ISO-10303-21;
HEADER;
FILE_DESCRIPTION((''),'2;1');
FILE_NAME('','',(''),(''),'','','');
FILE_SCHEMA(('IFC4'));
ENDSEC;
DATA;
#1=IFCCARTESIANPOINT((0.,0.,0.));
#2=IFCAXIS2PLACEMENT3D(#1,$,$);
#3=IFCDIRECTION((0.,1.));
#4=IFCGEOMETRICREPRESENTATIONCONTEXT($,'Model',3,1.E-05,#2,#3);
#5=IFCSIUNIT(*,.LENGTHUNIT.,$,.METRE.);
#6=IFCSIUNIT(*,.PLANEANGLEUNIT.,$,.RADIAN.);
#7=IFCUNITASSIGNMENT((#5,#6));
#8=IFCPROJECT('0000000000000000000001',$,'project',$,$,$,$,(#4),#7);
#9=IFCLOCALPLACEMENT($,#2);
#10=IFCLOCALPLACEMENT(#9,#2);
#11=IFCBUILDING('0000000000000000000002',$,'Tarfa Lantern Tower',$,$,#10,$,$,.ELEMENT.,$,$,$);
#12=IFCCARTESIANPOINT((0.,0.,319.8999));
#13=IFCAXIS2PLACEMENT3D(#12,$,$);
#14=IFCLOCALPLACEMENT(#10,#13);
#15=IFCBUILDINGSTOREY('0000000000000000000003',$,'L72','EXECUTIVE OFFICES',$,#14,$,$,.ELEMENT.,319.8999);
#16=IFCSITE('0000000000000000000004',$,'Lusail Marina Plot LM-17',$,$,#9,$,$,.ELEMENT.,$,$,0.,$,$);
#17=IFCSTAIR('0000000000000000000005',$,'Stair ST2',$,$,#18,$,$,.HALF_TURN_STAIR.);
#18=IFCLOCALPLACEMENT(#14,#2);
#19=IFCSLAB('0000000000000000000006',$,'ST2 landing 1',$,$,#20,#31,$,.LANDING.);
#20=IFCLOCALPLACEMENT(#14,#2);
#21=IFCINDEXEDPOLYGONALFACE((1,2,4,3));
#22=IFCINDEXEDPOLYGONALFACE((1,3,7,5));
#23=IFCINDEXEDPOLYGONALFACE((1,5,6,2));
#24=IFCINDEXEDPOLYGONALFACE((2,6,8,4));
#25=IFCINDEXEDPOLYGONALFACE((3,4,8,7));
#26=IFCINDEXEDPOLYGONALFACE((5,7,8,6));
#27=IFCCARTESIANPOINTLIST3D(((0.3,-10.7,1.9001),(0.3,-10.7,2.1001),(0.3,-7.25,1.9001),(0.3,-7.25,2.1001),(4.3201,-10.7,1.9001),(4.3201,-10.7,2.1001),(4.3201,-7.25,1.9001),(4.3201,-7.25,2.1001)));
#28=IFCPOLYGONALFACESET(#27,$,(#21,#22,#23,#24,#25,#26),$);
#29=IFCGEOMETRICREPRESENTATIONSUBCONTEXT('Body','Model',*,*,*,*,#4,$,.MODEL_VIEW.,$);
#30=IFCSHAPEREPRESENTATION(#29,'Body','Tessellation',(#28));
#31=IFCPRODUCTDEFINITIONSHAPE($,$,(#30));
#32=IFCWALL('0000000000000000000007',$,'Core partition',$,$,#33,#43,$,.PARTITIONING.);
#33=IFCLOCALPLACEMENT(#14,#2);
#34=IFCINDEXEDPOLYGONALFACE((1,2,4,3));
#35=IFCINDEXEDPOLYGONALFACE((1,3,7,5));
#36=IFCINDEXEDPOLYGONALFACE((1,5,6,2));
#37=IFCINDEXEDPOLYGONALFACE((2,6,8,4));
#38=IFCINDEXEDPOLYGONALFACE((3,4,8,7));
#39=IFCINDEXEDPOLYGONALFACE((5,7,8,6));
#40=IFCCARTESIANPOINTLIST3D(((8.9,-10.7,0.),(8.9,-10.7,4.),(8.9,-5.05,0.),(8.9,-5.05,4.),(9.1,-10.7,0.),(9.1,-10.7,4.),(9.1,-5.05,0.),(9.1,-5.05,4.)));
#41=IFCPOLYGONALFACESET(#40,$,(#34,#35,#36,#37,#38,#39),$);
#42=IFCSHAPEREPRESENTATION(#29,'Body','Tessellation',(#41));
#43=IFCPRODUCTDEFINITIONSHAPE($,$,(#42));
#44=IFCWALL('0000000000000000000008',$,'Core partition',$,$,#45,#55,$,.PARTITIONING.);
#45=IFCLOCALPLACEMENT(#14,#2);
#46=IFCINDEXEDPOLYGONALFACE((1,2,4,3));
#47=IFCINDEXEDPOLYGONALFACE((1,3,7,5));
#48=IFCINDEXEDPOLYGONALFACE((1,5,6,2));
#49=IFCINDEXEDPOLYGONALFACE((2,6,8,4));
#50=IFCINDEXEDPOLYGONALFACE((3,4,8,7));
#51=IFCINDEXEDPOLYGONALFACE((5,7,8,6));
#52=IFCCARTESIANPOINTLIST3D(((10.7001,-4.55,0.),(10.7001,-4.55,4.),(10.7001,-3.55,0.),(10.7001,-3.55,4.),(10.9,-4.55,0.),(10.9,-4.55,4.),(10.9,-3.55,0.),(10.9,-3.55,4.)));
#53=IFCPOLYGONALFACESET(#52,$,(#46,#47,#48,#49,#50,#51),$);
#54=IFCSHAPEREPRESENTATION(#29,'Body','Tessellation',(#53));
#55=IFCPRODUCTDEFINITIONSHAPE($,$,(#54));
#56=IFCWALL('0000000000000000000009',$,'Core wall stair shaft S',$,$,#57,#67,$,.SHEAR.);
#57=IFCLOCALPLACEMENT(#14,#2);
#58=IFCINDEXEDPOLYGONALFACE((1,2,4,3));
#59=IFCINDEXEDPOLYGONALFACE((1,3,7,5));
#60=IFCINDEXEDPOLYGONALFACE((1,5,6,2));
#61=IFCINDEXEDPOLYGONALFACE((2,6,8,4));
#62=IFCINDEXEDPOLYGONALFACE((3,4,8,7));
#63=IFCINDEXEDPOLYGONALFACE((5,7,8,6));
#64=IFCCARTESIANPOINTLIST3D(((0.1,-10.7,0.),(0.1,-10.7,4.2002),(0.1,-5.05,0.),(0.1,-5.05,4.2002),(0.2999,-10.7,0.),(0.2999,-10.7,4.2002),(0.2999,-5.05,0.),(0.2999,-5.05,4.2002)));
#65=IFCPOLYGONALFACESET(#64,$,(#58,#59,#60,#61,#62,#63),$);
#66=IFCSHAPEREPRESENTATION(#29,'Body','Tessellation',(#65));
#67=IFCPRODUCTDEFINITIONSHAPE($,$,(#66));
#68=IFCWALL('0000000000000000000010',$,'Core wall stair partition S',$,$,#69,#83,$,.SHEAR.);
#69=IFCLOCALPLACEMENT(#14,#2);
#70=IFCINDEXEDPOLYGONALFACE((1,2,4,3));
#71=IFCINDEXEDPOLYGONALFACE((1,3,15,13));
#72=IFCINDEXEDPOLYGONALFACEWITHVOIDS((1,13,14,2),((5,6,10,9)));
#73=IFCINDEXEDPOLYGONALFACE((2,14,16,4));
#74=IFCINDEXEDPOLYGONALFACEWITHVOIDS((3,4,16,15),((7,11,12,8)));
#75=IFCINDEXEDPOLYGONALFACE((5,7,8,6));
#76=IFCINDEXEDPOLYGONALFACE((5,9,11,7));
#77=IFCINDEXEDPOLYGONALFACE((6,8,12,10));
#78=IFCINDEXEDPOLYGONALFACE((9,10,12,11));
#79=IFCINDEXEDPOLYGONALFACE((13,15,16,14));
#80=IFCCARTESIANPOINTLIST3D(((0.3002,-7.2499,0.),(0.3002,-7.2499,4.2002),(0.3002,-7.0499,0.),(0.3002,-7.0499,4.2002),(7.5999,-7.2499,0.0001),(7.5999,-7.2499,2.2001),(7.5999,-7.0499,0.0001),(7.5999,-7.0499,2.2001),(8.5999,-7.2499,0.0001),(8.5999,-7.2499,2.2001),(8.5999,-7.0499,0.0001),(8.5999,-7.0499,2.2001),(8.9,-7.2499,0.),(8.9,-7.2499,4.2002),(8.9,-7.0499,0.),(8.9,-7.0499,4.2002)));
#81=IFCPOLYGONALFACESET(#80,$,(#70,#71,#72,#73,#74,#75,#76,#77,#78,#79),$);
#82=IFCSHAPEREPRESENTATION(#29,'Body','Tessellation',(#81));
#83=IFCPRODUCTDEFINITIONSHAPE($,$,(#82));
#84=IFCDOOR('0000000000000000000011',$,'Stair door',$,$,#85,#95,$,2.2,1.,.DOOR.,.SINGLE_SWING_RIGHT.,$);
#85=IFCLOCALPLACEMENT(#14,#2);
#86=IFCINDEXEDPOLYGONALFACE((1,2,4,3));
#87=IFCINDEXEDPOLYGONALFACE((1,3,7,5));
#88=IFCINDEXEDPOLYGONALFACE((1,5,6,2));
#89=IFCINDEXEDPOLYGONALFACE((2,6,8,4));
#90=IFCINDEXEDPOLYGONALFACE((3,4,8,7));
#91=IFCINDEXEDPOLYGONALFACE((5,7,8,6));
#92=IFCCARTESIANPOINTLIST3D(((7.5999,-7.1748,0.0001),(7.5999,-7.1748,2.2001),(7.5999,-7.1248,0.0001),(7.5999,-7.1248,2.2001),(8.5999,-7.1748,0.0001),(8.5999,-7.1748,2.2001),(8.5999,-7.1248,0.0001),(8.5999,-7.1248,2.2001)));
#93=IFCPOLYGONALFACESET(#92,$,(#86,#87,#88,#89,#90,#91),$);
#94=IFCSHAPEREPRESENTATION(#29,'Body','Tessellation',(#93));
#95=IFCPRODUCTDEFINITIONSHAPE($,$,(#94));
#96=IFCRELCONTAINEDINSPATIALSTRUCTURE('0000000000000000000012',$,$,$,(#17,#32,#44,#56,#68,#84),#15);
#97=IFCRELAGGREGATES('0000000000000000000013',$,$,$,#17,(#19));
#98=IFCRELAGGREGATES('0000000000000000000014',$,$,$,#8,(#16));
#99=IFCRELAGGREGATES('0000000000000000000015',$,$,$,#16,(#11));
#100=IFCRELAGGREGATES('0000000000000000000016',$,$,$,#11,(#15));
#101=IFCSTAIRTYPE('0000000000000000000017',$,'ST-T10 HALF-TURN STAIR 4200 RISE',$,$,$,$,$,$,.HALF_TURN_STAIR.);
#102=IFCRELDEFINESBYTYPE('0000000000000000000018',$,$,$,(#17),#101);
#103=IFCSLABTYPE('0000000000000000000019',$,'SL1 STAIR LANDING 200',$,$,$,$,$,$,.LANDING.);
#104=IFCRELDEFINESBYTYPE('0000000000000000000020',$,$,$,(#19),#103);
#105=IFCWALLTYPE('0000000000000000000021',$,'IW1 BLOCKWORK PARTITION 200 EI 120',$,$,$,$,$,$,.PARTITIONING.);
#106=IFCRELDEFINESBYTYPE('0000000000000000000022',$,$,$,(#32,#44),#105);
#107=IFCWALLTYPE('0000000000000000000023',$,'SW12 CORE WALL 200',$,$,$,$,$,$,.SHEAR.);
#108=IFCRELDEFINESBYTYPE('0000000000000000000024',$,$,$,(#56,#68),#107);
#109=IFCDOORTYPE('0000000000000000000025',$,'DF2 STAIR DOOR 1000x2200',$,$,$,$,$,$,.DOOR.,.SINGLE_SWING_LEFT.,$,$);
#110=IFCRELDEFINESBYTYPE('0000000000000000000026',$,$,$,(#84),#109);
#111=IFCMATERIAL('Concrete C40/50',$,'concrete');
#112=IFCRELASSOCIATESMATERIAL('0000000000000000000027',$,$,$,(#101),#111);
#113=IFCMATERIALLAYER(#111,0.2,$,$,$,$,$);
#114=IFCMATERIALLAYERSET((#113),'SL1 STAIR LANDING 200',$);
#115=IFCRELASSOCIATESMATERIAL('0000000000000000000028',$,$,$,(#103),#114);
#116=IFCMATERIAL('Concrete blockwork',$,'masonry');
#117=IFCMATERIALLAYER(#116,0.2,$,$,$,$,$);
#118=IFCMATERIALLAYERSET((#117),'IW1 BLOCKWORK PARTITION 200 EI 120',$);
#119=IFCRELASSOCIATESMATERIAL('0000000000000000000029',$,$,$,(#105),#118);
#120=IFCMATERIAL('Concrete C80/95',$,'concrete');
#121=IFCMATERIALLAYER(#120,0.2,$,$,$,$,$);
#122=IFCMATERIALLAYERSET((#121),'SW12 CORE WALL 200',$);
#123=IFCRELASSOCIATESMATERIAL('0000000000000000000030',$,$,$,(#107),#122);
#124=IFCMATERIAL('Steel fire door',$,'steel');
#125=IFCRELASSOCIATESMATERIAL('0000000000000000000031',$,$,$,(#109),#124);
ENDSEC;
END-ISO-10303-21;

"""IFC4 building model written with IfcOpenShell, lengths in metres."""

from ifc_helpers import new_model, si_unit, direction, frame, frame_2d, origin, place, context, subcontext, project, spatial, polyline, rectangle, outline, extrude, material, layer, layer_set, type_object, element, fill, aggregate, save


model = new_model("IFC4")

# Units and contexts
model_context = context("Model", 3, precision=1e-05, world=origin(), true_north=direction((0.0, 1.0)))
body_context = subcontext(model_context, "Body", "Model", "MODEL_VIEW")
ifc_project = project(units=[si_unit("LENGTHUNIT", "METRE"), si_unit("PLANEANGLEUNIT", "RADIAN")], contexts=[model_context])

# Site, building, storey
site_placement = place(None, origin())
site = spatial("IfcSite", under=ifc_project, at=site_placement, Name="Lusail Marina Plot LM-17", CompositionType="ELEMENT", RefElevation=0.0)
building_placement = place(site_placement, origin())
building = spatial("IfcBuilding", under=site, at=building_placement, Name="Tarfa Lantern Tower", CompositionType="ELEMENT")
storey_placement = place(building_placement, frame((0.0, 0.0, 319.8999)))
storey = spatial("IfcBuildingStorey", under=building, at=storey_placement, Name="L72", Description="EXECUTIVE OFFICES", CompositionType="ELEMENT", Elevation=319.8999)

# Stair, slab
ifc_material_1 = material(Name="Concrete C40/50", Category="concrete")
stair_type = type_object("IfcStairType", Name="ST-T10 HALF-TURN STAIR 4200 RISE", PredefinedType="HALF_TURN_STAIR", material=ifc_material_1)
stair_placement = place(storey_placement, origin())
stair = element("IfcStair", 1, at=stair_placement, inside=storey, type_object=stair_type, Name="Stair ST2", PredefinedType="HALF_TURN_STAIR")
ifc_layer_1 = layer(ifc_material_1, 0.2)
ifc_layer_set_1 = layer_set([ifc_layer_1], Name="SL1 STAIR LANDING 200")
slab_type = type_object("IfcSlabType", Name="SL1 STAIR LANDING 200", PredefinedType="LANDING", material=ifc_layer_set_1)
slab_placement = place(storey_placement, frame((0.0, 0.0, 1.9001)))
slab = element("IfcSlab", 2, at=slab_placement, type_object=slab_type, Name="ST2 landing 1", PredefinedType="LANDING", context=body_context, shape_type="SweptSolid", body=[
    extrude(outline(polyline([(4.3201, -7.25), (0.3, -7.25), (0.3, -10.7), (4.3201, -10.7), (4.3201, -7.25)])), origin(), (0.0, 0.0, 1.0), 0.2),
])

# Walls
ifc_material_2 = material(Name="Concrete blockwork", Category="masonry")
ifc_layer_2 = layer(ifc_material_2, 0.2)
ifc_layer_set_2 = layer_set([ifc_layer_2], Name="IW1 BLOCKWORK PARTITION 200 EI 120")
wall_type_1 = type_object("IfcWallType", Name="IW1 BLOCKWORK PARTITION 200 EI 120", PredefinedType="PARTITIONING", material=ifc_layer_set_2)
wall_1_placement = place(storey_placement, frame((9.0, -5.05, 0.0), z_axis=(0.0, 0.0, 1.0), x_axis=(0.0, -1.0, 0.0)))
element("IfcWall", 3, at=wall_1_placement, inside=storey, type_object=wall_type_1, Name="Core partition", PredefinedType="PARTITIONING", context=body_context, shape_type="SweptSolid", body=[
    extrude(rectangle(XDim=5.6499, YDim=0.2, at=frame_2d((2.825, 0.0))), origin(), (0.0, 0.0, 1.0), 4.0),
])
wall_2_placement = place(storey_placement, frame((10.8, -3.55, 0.0), z_axis=(0.0, 0.0, 1.0), x_axis=(0.0, -1.0, 0.0)))
element("IfcWall", 4, at=wall_2_placement, inside=storey, type_object=wall_type_1, Name="Core partition", PredefinedType="PARTITIONING", context=body_context, shape_type="SweptSolid", body=[
    extrude(rectangle(XDim=1.0, YDim=0.2, at=frame_2d((0.5, 0.0))), origin(), (0.0, 0.0, 1.0), 4.0),
])
ifc_material_3 = material(Name="Concrete C80/95", Category="concrete")
ifc_layer_3 = layer(ifc_material_3, 0.2)
ifc_layer_set_3 = layer_set([ifc_layer_3], Name="SW12 CORE WALL 200")
wall_type_2 = type_object("IfcWallType", Name="SW12 CORE WALL 200", PredefinedType="SHEAR", material=ifc_layer_set_3)
wall_3_placement = place(storey_placement, frame((0.2, -5.05, 0.0), z_axis=(0.0, 0.0, 1.0), x_axis=(0.0, -1.0, 0.0)))
element("IfcWall", 5, at=wall_3_placement, inside=storey, type_object=wall_type_2, Name="Core wall stair shaft S", PredefinedType="SHEAR", context=body_context, shape_type="SweptSolid", body=[
    extrude(rectangle(XDim=5.6499, YDim=0.2, at=frame_2d((2.825, 0.0))), origin(), (0.0, 0.0, 1.0), 4.2002),
])

# Wall, opening, door
wall_4_placement = place(storey_placement, frame((8.8999, -7.1499, 0.0), z_axis=(0.0, 0.0, 1.0), x_axis=(-1.0, 0.0, 0.0)))
wall_4 = element("IfcWall", 6, at=wall_4_placement, inside=storey, type_object=wall_type_2, Name="Core wall stair partition S", PredefinedType="SHEAR", context=body_context, shape_type="SweptSolid", body=[
    extrude(rectangle(XDim=8.5999, YDim=0.2, at=frame_2d((4.2998, 0.0))), origin(), (0.0, 0.0, 1.0), 4.2002),
])
opening_1_placement = place(wall_4_placement, frame((0.3, 0.0, 0.0)))
opening_1 = element("IfcOpeningElement", 7, at=opening_1_placement, cuts=wall_4, PredefinedType="OPENING", context=body_context, shape_type="SweptSolid", body=[
    extrude(rectangle(XDim=1.0, YDim=2.2, at=frame_2d((0.5, 1.1001))), frame((0.0, 0.1099, 0.0), z_axis=(0.0, -1.0, 0.0), x_axis=(1.0, 0.0, 0.0)), (0.0, 0.0, 1.0), 0.22),
])
ifc_material_4 = material(Name="Steel fire door", Category="steel")
door_type_1 = type_object("IfcDoorType", Name="DF2 STAIR DOOR 1000x2200", OperationType="SINGLE_SWING_LEFT", PredefinedType="DOOR", material=ifc_material_4)
door_1_placement = place(opening_1_placement, origin())
door_1 = element("IfcDoor", 8, at=door_1_placement, inside=storey, type_object=door_type_1, Name="Stair door", OperationType="SINGLE_SWING_RIGHT", OverallHeight=2.2, OverallWidth=1.0, PredefinedType="DOOR", context=body_context, shape_type="SweptSolid", body=[
    extrude(rectangle(XDim=1.0, YDim=2.2, at=frame_2d((0.5, 1.1001))), frame((0.0, 0.0249, 0.0), z_axis=(0.0, -1.0, 0.0), x_axis=(1.0, 0.0, 0.0)), (0.0, 0.0, 1.0), 0.05),
])
fill(opening_1, door_1)

aggregate(stair, [slab])

save(model, "model.ifc")
